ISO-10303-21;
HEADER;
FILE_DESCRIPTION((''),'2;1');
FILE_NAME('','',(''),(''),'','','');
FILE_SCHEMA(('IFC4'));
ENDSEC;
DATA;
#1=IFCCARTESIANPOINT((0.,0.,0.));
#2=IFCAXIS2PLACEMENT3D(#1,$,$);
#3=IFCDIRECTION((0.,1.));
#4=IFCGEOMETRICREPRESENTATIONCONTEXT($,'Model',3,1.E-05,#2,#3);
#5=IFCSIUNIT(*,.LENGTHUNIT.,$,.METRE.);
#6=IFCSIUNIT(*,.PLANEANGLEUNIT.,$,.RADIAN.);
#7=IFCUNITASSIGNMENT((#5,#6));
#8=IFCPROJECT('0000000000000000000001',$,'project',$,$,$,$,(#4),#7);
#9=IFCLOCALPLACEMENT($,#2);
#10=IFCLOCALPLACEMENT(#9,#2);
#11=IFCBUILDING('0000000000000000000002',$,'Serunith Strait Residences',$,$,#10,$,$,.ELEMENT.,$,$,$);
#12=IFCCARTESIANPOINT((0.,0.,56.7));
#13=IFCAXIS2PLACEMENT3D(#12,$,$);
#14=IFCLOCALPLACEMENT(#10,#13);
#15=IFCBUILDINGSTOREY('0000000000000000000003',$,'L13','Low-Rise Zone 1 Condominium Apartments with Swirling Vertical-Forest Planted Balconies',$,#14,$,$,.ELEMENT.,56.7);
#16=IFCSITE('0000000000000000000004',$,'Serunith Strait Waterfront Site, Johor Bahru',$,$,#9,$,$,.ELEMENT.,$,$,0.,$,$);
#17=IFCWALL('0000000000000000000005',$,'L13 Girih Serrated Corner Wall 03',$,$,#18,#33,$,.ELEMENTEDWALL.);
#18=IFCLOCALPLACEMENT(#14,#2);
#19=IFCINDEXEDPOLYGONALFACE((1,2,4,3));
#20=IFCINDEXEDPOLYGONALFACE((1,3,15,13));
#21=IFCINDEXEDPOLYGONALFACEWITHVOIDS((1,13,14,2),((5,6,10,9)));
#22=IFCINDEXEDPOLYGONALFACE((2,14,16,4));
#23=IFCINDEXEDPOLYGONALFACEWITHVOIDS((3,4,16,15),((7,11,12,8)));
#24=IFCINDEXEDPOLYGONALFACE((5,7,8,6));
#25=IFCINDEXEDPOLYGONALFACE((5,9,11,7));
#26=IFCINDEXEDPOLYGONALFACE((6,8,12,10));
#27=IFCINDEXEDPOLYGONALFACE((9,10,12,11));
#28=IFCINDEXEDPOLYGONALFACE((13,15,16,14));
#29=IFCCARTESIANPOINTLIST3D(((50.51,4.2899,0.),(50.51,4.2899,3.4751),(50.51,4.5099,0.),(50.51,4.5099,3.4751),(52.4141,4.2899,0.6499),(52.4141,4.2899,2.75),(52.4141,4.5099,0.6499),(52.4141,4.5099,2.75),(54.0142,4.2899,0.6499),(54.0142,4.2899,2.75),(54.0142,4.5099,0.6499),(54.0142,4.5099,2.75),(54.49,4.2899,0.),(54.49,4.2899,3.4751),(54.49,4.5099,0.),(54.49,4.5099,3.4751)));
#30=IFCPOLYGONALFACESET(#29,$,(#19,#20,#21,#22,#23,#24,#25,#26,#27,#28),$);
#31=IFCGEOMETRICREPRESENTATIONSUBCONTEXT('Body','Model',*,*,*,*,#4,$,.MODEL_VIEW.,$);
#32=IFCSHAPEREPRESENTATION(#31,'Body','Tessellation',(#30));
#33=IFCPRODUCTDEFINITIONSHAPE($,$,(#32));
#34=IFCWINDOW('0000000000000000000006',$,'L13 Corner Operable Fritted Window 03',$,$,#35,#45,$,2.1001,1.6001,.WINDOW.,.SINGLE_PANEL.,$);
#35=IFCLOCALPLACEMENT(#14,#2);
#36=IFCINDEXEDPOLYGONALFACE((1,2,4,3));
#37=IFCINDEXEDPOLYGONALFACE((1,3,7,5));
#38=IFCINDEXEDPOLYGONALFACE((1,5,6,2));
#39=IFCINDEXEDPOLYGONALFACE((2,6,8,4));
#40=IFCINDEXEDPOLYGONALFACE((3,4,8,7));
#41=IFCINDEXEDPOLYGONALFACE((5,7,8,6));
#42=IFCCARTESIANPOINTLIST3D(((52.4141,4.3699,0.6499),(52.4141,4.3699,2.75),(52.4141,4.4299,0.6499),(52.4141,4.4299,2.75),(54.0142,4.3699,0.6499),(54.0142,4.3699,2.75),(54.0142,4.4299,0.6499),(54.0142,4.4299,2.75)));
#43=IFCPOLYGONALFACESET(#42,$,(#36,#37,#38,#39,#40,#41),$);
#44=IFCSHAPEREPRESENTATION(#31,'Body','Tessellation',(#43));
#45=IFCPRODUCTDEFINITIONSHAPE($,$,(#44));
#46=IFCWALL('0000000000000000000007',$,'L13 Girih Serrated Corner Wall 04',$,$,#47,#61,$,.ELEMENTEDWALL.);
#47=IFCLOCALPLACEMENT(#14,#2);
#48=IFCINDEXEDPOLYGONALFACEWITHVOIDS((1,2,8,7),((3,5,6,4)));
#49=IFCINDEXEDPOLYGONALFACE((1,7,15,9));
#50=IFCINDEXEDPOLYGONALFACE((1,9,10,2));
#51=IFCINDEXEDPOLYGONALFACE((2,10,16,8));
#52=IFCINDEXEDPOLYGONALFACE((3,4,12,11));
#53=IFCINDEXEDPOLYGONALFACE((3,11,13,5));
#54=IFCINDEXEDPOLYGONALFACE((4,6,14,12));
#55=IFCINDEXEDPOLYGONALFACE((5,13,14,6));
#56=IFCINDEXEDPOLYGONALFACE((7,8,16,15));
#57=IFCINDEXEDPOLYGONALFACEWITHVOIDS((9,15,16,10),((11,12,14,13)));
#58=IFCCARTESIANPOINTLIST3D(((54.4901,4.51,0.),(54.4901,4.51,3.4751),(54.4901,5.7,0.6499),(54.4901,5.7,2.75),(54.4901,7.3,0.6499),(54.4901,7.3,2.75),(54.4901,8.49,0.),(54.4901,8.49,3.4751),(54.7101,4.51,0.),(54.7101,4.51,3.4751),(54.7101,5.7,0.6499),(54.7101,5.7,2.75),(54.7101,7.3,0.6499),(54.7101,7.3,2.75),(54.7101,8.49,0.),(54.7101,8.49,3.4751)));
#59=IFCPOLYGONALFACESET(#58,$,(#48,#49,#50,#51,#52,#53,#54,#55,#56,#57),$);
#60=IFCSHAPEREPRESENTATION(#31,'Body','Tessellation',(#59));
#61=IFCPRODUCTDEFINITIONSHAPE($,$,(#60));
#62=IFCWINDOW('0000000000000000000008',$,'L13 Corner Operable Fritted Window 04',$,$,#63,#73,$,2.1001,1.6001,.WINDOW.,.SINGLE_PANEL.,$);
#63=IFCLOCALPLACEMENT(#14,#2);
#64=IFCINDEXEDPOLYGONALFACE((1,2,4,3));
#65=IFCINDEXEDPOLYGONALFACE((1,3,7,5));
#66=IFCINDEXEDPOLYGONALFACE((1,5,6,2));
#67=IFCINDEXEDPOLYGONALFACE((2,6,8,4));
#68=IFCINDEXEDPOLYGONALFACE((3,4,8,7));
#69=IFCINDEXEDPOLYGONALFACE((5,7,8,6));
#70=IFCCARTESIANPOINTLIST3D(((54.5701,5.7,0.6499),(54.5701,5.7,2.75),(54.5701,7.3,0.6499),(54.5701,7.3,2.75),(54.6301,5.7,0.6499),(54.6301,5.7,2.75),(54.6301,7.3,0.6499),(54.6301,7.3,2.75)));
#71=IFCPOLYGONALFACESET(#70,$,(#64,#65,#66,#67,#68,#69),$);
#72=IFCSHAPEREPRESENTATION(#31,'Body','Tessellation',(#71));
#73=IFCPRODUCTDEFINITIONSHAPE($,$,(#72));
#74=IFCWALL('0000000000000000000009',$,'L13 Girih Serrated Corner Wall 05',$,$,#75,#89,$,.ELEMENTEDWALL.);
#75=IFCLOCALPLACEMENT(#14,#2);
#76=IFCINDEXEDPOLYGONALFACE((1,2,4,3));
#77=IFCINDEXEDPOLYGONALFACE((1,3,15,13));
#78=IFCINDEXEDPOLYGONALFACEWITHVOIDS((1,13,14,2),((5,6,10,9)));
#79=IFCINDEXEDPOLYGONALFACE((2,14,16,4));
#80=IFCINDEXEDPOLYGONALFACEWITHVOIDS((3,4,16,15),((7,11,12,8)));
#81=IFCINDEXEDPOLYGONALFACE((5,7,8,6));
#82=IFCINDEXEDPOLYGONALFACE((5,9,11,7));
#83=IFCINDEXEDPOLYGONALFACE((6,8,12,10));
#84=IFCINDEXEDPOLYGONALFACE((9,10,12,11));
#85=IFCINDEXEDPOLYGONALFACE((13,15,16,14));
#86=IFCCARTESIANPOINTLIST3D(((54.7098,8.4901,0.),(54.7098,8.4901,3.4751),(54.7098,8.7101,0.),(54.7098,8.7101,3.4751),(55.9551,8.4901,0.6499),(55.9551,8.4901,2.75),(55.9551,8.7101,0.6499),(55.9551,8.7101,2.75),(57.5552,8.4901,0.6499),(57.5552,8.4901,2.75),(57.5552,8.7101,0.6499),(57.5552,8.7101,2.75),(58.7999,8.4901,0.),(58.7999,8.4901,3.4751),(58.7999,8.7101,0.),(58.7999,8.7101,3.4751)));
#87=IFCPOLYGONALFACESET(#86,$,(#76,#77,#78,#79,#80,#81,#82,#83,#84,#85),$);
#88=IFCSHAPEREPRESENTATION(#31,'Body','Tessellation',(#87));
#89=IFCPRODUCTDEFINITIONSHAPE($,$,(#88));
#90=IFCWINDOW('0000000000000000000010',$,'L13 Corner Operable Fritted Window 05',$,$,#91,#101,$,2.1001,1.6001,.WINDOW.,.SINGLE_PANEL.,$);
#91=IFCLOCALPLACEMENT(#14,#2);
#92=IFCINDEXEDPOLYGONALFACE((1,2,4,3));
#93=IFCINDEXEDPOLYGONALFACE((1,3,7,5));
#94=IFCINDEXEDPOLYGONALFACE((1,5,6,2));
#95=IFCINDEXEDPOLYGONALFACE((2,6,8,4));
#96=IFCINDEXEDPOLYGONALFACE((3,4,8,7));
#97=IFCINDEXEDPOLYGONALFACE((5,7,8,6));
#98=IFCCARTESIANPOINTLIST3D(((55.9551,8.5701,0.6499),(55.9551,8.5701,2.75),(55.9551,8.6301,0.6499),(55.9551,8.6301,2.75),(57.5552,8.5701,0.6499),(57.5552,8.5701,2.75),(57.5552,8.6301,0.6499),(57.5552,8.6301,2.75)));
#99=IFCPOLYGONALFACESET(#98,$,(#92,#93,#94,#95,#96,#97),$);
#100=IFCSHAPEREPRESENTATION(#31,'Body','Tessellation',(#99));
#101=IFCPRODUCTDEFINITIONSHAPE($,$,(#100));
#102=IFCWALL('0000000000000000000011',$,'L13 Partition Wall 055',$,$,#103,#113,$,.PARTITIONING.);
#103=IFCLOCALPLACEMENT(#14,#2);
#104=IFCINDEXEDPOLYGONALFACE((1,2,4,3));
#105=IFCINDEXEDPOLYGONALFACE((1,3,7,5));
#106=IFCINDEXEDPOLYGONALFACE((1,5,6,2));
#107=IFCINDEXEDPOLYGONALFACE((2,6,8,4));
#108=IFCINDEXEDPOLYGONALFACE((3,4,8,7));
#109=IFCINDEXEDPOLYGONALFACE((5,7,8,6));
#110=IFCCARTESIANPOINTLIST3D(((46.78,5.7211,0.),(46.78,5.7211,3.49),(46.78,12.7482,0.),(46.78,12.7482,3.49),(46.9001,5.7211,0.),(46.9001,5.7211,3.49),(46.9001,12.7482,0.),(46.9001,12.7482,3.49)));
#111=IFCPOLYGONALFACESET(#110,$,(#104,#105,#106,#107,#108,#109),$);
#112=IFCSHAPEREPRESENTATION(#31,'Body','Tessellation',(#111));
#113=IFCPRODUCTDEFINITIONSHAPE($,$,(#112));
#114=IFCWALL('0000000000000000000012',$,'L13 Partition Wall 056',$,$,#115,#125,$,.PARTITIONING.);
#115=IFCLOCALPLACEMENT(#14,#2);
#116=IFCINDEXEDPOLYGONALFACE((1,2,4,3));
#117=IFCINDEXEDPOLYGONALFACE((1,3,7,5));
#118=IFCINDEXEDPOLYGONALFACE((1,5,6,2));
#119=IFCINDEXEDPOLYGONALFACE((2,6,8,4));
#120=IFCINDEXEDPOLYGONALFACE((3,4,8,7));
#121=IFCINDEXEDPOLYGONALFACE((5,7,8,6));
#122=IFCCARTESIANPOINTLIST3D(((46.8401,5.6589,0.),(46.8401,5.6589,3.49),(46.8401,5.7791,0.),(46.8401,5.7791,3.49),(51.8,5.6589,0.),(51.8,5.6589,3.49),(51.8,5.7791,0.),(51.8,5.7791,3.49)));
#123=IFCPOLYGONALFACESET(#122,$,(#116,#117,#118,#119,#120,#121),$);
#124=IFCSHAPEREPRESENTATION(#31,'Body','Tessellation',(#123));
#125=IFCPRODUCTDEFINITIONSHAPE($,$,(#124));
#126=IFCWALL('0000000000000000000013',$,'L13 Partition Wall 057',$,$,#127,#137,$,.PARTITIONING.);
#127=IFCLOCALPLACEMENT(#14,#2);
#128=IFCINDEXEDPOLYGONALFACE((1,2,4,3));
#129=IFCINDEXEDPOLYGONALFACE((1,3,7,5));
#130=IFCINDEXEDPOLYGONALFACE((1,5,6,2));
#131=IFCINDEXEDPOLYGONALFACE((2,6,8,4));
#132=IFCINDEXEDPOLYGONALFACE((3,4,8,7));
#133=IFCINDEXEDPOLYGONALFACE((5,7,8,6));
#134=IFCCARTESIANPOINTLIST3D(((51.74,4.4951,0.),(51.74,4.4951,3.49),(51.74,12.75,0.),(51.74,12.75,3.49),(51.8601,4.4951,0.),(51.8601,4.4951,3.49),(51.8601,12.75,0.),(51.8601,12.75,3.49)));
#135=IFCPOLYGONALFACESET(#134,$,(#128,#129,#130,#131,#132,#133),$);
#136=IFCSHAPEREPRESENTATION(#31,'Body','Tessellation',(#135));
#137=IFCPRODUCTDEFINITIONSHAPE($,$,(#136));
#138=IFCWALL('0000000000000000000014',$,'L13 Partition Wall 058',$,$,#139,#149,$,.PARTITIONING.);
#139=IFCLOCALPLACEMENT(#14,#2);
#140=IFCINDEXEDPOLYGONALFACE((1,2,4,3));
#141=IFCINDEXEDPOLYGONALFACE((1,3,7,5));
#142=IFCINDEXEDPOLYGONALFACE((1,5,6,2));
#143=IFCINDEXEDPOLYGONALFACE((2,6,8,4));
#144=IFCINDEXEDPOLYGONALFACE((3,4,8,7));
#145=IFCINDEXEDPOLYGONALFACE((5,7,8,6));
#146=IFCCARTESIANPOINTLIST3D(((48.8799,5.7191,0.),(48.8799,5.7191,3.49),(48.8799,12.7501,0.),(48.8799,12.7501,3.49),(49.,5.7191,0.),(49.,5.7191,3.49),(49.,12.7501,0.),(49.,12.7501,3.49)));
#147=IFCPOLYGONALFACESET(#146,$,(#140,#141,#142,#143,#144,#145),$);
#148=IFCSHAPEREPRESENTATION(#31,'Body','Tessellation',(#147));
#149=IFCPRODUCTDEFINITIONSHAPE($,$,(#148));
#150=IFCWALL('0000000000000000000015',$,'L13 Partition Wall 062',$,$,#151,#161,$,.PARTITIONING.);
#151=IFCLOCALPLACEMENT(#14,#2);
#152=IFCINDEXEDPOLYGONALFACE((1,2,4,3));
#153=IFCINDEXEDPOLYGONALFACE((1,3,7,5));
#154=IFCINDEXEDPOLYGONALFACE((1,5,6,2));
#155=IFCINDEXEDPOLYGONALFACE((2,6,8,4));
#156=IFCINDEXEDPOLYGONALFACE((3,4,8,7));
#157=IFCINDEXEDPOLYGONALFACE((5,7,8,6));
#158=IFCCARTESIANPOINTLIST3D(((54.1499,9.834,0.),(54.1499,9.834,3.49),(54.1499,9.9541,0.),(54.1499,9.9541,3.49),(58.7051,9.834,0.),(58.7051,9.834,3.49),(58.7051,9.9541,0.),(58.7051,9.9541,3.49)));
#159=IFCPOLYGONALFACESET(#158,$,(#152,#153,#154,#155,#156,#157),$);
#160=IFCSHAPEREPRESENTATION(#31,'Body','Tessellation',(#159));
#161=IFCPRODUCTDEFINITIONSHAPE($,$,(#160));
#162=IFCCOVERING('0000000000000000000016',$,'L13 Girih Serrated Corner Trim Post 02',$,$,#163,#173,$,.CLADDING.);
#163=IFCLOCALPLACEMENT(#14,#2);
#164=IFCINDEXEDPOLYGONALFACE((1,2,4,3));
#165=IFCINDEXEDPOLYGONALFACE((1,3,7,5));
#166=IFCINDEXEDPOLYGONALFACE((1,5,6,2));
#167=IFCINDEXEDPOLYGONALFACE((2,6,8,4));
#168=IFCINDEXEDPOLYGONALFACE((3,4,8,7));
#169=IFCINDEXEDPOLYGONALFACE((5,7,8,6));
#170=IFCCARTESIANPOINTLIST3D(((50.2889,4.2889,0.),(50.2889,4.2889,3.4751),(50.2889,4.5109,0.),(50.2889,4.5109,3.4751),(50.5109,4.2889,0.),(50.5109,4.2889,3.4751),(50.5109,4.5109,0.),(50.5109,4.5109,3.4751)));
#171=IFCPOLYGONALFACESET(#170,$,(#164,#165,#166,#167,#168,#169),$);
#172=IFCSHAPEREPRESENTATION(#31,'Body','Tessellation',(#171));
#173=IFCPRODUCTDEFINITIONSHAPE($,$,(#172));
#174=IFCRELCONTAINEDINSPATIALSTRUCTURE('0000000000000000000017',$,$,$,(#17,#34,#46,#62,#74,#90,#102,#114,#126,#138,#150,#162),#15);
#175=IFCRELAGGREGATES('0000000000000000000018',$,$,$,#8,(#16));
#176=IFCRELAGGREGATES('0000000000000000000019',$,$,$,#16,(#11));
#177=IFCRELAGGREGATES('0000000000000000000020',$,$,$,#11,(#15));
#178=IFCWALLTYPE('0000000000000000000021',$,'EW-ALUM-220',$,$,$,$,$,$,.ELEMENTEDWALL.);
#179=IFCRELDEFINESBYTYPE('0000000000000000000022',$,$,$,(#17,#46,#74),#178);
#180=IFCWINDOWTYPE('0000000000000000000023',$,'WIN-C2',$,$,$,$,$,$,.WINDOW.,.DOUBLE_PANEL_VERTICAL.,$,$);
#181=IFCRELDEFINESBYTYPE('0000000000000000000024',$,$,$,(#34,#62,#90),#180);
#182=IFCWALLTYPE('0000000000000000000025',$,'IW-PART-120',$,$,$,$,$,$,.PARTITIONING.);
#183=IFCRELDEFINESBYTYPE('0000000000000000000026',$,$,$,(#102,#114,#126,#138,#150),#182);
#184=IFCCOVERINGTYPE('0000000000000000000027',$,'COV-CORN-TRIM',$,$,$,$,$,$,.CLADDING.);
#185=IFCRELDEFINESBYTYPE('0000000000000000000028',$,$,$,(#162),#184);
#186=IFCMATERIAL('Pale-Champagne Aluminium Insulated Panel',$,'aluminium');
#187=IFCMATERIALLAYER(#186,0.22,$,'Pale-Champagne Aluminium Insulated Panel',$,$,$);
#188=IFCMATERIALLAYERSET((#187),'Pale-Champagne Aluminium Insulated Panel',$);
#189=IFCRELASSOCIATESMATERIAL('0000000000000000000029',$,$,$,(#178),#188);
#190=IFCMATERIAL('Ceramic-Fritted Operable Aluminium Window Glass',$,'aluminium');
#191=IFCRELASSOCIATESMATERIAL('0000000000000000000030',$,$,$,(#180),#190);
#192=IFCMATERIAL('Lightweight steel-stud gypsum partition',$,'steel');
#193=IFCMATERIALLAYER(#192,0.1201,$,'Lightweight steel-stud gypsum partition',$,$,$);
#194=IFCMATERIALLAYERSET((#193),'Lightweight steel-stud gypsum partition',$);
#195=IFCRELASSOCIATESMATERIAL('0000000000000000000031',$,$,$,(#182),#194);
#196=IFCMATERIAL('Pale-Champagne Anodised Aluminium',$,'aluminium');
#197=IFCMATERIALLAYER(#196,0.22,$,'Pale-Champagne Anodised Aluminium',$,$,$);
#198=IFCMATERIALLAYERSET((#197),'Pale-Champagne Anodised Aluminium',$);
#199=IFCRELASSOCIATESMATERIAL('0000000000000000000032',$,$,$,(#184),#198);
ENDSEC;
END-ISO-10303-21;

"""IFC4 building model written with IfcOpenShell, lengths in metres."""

from ifc_helpers import new_model, si_unit, direction, frame, frame_2d, origin, origin_2d, place, context, subcontext, project, spatial, rectangle, extrude, source, transform, mapped, material, layer, layer_set, type_object, element, fill, save


model = new_model("IFC4")

# Units and contexts
model_context = context("Model", 3, precision=1e-05, world=origin(), true_north=direction((0.0, 1.0)))
body_context = subcontext(model_context, "Body", "Model", "MODEL_VIEW")
ifc_project = project(units=[si_unit("LENGTHUNIT", "METRE"), si_unit("PLANEANGLEUNIT", "RADIAN")], contexts=[model_context])

# Site, building, storey
site_placement = place(None, origin())
site = spatial("IfcSite", under=ifc_project, at=site_placement, Name="Serunith Strait Waterfront Site, Johor Bahru", CompositionType="ELEMENT", RefElevation=0.0)
building_placement = place(site_placement, origin())
building = spatial("IfcBuilding", under=site, at=building_placement, Name="Serunith Strait Residences", CompositionType="ELEMENT")
storey_placement = place(building_placement, frame((0.0, 0.0, 56.7)))
storey = spatial("IfcBuildingStorey", under=building, at=storey_placement, Name="L13", Description="Low-Rise Zone 1 Condominium Apartments with Swirling Vertical-Forest Planted Balconies", CompositionType="ELEMENT", Elevation=56.7)

# Shared definitions
ifc_material_1 = material(Name="Pale-Champagne Anodised Aluminium", Category="aluminium")

# Walls, openings, windows
ifc_material_2 = material(Name="Pale-Champagne Aluminium Insulated Panel", Category="aluminium")
ifc_layer_1 = layer(ifc_material_2, 0.22, Name="Pale-Champagne Aluminium Insulated Panel")
ifc_layer_set_1 = layer_set([ifc_layer_1], Name="Pale-Champagne Aluminium Insulated Panel")
wall_type_1 = type_object("IfcWallType", Name="EW-ALUM-220", PredefinedType="ELEMENTEDWALL", material=ifc_layer_set_1)
ifc_material_3 = material(Name="Ceramic-Fritted Operable Aluminium Window Glass", Category="aluminium")
window_type = type_object("IfcWindowType", Name="WIN-C2", PartitioningType="DOUBLE_PANEL_VERTICAL", PredefinedType="WINDOW", material=ifc_material_3)
shared_shape_1 = source(origin(), body_context, "Body", "SweptSolid", [
    extrude(rectangle(XDim=1.6001, YDim=2.1001, at=frame_2d((0.8, 1.05))), frame((0.0, 0.03, 0.0), z_axis=(0.0, -1.0, 0.0), x_axis=(1.0, 0.0, 0.0)), (0.0, 0.0, 1.0), 0.0601),
])
wall_1_placement = place(storey_placement, frame((50.51, 4.3999, 0.0), z_axis=(0.0, 0.0, 1.0), x_axis=(1.0, 0.0, 0.0)))
wall_1 = element("IfcWall", 1, at=wall_1_placement, inside=storey, type_object=wall_type_1, Name="L13 Girih Serrated Corner Wall 03", PredefinedType="ELEMENTEDWALL", context=body_context, shape_type="SweptSolid", body=[
    extrude(rectangle(XDim=3.98, YDim=0.22, at=frame_2d((1.99, 0.0))), origin(), (0.0, 0.0, 1.0), 3.4751),
])
opening_1_placement = place(wall_1_placement, frame((1.9041, 0.0, 0.6499)))
opening_1 = element("IfcOpeningElement", 2, at=opening_1_placement, cuts=wall_1, PredefinedType="OPENING", context=body_context, shape_type="SweptSolid", body=[
    extrude(rectangle(XDim=1.6001, YDim=2.1001, at=frame_2d((0.8, 1.05))), frame((0.0, 0.1201, 0.0), z_axis=(0.0, -1.0, 0.0), x_axis=(1.0, 0.0, 0.0)), (0.0, 0.0, 1.0), 0.24),
])
window_1_placement = place(opening_1_placement, origin())
window_1 = element("IfcWindow", 3, at=window_1_placement, inside=storey, type_object=window_type, Name="L13 Corner Operable Fritted Window 03", OverallHeight=2.1001, OverallWidth=1.6001, PartitioningType="SINGLE_PANEL", PredefinedType="WINDOW", context=body_context, shape_type="MappedRepresentation", body=[
    mapped(shared_shape_1, transform((0.0, 0.0, 0.0), scale=1.0)),
])
fill(opening_1, window_1)
wall_2_placement = place(storey_placement, frame((54.6001, 4.51, 0.0), z_axis=(0.0, 0.0, 1.0), x_axis=(0.0, 1.0, 0.0)))
wall_2 = element("IfcWall", 4, at=wall_2_placement, inside=storey, type_object=wall_type_1, Name="L13 Girih Serrated Corner Wall 04", PredefinedType="ELEMENTEDWALL", context=body_context, shape_type="SweptSolid", body=[
    extrude(rectangle(XDim=3.98, YDim=0.22, at=frame_2d((1.99, 0.0))), origin(), (0.0, 0.0, 1.0), 3.4751),
])
opening_2_placement = place(wall_2_placement, frame((1.1899, 0.0, 0.6499)))
opening_2 = element("IfcOpeningElement", 5, at=opening_2_placement, cuts=wall_2, PredefinedType="OPENING", context=body_context, shape_type="SweptSolid", body=[
    extrude(rectangle(XDim=1.6001, YDim=2.1001, at=frame_2d((0.8, 1.05))), frame((0.0, 0.1201, 0.0), z_axis=(0.0, -1.0, 0.0), x_axis=(1.0, 0.0, 0.0)), (0.0, 0.0, 1.0), 0.24),
])
window_2_placement = place(opening_2_placement, origin())
window_2 = element("IfcWindow", 6, at=window_2_placement, inside=storey, type_object=window_type, Name="L13 Corner Operable Fritted Window 04", OverallHeight=2.1001, OverallWidth=1.6001, PartitioningType="SINGLE_PANEL", PredefinedType="WINDOW", context=body_context, shape_type="MappedRepresentation", body=[
    mapped(shared_shape_1, transform((0.0, 0.0, 0.0), scale=1.0)),
])
fill(opening_2, window_2)
wall_3_placement = place(storey_placement, frame((54.71, 8.6001, 0.0), z_axis=(0.0, 0.0, 1.0), x_axis=(1.0, 0.0, 0.0)))
wall_3 = element("IfcWall", 7, at=wall_3_placement, inside=storey, type_object=wall_type_1, Name="L13 Girih Serrated Corner Wall 05", PredefinedType="ELEMENTEDWALL", context=body_context, shape_type="SweptSolid", body=[
    extrude(rectangle(XDim=4.0901, YDim=0.22, at=frame_2d((2.0449, 0.0))), origin(), (0.0, 0.0, 1.0), 3.4751),
])
opening_3_placement = place(wall_3_placement, frame((1.2451, 0.0, 0.6499)))
opening_3 = element("IfcOpeningElement", 8, at=opening_3_placement, cuts=wall_3, PredefinedType="OPENING", context=body_context, shape_type="SweptSolid", body=[
    extrude(rectangle(XDim=1.6001, YDim=2.1001, at=frame_2d((0.8, 1.05))), frame((0.0, 0.1201, 0.0), z_axis=(0.0, -1.0, 0.0), x_axis=(1.0, 0.0, 0.0)), (0.0, 0.0, 1.0), 0.24),
])
window_3_placement = place(opening_3_placement, origin())
window_3 = element("IfcWindow", 9, at=window_3_placement, inside=storey, type_object=window_type, Name="L13 Corner Operable Fritted Window 05", OverallHeight=2.1001, OverallWidth=1.6001, PartitioningType="SINGLE_PANEL", PredefinedType="WINDOW", context=body_context, shape_type="MappedRepresentation", body=[
    mapped(shared_shape_1, transform((0.0, 0.0, 0.0), scale=1.0)),
])
fill(opening_3, window_3)

# Walls
ifc_material_4 = material(Name="Lightweight steel-stud gypsum partition", Category="steel")
ifc_layer_2 = layer(ifc_material_4, 0.1201, Name="Lightweight steel-stud gypsum partition")
ifc_layer_set_2 = layer_set([ifc_layer_2], Name="Lightweight steel-stud gypsum partition")
wall_type_2 = type_object("IfcWallType", Name="IW-PART-120", PredefinedType="PARTITIONING", material=ifc_layer_set_2)
wall_4_placement = place(storey_placement, frame((46.8401, 5.7209, 0.0), z_axis=(0.0, 0.0, 1.0), x_axis=(0.0, 1.0, 0.0)))
element("IfcWall", 10, at=wall_4_placement, inside=storey, type_object=wall_type_2, Name="L13 Partition Wall 055", PredefinedType="PARTITIONING", context=body_context, shape_type="SweptSolid", body=[
    extrude(rectangle(XDim=7.0271, YDim=0.1201, at=frame_2d((3.5137, 0.0))), origin(), (0.0, 0.0, 1.0), 3.49),
])
wall_5_placement = place(storey_placement, frame((46.8401, 5.719, 0.0), z_axis=(0.0, 0.0, 1.0), x_axis=(1.0, 0.0, 0.0)))
element("IfcWall", 11, at=wall_5_placement, inside=storey, type_object=wall_type_2, Name="L13 Partition Wall 056", PredefinedType="PARTITIONING", context=body_context, shape_type="SweptSolid", body=[
    extrude(rectangle(XDim=4.96, YDim=0.1201, at=frame_2d((2.48, 0.0))), origin(), (0.0, 0.0, 1.0), 3.49),
])
wall_6_placement = place(storey_placement, frame((51.8, 4.4951, 0.0), z_axis=(0.0, 0.0, 1.0), x_axis=(0.0, 1.0, 0.0)))
element("IfcWall", 12, at=wall_6_placement, inside=storey, type_object=wall_type_2, Name="L13 Partition Wall 057", PredefinedType="PARTITIONING", context=body_context, shape_type="SweptSolid", body=[
    extrude(rectangle(XDim=8.2549, YDim=0.1201, at=frame_2d((4.1274, 0.0))), origin(), (0.0, 0.0, 1.0), 3.49),
])
wall_7_placement = place(storey_placement, frame((48.9399, 5.719, 0.0), z_axis=(0.0, 0.0, 1.0), x_axis=(0.0, 1.0, 0.0)))
element("IfcWall", 13, at=wall_7_placement, inside=storey, type_object=wall_type_2, Name="L13 Partition Wall 058", PredefinedType="PARTITIONING", context=body_context, shape_type="SweptSolid", body=[
    extrude(rectangle(XDim=7.031, YDim=0.1201, at=frame_2d((3.5156, 0.0))), origin(), (0.0, 0.0, 1.0), 3.49),
])
wall_8_placement = place(storey_placement, frame((54.1499, 9.894, 0.0), z_axis=(0.0, 0.0, 1.0), x_axis=(1.0, 0.0, 0.0)))
element("IfcWall", 14, at=wall_8_placement, inside=storey, type_object=wall_type_2, Name="L13 Partition Wall 062", PredefinedType="PARTITIONING", context=body_context, shape_type="SweptSolid", body=[
    extrude(rectangle(XDim=4.5552, YDim=0.1201, at=frame_2d((2.2776, 0.0))), origin(), (0.0, 0.0, 1.0), 3.49),
])

# Covering
ifc_layer_3 = layer(ifc_material_1, 0.22, Name="Pale-Champagne Anodised Aluminium")
ifc_layer_set_3 = layer_set([ifc_layer_3], Name="Pale-Champagne Anodised Aluminium")
covering_type = type_object("IfcCoveringType", Name="COV-CORN-TRIM", PredefinedType="CLADDING", material=ifc_layer_set_3)
shared_shape_2 = source(origin(), body_context, "Body", "SweptSolid", [
    extrude(rectangle(XDim=0.2219, YDim=0.2219, at=origin_2d()), origin(), (0.0, 0.0, 1.0), 3.4751),
])
for number, where, z_axis, x_axis, name in (
    (15, (50.3999, 4.3999, 0.0), (0.0, 0.0, 1.0), (1.0, 0.0, 0.0), "L13 Girih Serrated Corner Trim Post 02"),
):
    element("IfcCovering", number, at=place(storey_placement, frame(where, z_axis=z_axis, x_axis=x_axis)), inside=storey, type_object=covering_type, Name=name, PredefinedType="CLADDING", context=body_context, shape_type="MappedRepresentation", body=[
        mapped(shared_shape_2, transform((0.0, 0.0, 0.0), scale=1.0)),
    ])

save(model, "model.ifc")
